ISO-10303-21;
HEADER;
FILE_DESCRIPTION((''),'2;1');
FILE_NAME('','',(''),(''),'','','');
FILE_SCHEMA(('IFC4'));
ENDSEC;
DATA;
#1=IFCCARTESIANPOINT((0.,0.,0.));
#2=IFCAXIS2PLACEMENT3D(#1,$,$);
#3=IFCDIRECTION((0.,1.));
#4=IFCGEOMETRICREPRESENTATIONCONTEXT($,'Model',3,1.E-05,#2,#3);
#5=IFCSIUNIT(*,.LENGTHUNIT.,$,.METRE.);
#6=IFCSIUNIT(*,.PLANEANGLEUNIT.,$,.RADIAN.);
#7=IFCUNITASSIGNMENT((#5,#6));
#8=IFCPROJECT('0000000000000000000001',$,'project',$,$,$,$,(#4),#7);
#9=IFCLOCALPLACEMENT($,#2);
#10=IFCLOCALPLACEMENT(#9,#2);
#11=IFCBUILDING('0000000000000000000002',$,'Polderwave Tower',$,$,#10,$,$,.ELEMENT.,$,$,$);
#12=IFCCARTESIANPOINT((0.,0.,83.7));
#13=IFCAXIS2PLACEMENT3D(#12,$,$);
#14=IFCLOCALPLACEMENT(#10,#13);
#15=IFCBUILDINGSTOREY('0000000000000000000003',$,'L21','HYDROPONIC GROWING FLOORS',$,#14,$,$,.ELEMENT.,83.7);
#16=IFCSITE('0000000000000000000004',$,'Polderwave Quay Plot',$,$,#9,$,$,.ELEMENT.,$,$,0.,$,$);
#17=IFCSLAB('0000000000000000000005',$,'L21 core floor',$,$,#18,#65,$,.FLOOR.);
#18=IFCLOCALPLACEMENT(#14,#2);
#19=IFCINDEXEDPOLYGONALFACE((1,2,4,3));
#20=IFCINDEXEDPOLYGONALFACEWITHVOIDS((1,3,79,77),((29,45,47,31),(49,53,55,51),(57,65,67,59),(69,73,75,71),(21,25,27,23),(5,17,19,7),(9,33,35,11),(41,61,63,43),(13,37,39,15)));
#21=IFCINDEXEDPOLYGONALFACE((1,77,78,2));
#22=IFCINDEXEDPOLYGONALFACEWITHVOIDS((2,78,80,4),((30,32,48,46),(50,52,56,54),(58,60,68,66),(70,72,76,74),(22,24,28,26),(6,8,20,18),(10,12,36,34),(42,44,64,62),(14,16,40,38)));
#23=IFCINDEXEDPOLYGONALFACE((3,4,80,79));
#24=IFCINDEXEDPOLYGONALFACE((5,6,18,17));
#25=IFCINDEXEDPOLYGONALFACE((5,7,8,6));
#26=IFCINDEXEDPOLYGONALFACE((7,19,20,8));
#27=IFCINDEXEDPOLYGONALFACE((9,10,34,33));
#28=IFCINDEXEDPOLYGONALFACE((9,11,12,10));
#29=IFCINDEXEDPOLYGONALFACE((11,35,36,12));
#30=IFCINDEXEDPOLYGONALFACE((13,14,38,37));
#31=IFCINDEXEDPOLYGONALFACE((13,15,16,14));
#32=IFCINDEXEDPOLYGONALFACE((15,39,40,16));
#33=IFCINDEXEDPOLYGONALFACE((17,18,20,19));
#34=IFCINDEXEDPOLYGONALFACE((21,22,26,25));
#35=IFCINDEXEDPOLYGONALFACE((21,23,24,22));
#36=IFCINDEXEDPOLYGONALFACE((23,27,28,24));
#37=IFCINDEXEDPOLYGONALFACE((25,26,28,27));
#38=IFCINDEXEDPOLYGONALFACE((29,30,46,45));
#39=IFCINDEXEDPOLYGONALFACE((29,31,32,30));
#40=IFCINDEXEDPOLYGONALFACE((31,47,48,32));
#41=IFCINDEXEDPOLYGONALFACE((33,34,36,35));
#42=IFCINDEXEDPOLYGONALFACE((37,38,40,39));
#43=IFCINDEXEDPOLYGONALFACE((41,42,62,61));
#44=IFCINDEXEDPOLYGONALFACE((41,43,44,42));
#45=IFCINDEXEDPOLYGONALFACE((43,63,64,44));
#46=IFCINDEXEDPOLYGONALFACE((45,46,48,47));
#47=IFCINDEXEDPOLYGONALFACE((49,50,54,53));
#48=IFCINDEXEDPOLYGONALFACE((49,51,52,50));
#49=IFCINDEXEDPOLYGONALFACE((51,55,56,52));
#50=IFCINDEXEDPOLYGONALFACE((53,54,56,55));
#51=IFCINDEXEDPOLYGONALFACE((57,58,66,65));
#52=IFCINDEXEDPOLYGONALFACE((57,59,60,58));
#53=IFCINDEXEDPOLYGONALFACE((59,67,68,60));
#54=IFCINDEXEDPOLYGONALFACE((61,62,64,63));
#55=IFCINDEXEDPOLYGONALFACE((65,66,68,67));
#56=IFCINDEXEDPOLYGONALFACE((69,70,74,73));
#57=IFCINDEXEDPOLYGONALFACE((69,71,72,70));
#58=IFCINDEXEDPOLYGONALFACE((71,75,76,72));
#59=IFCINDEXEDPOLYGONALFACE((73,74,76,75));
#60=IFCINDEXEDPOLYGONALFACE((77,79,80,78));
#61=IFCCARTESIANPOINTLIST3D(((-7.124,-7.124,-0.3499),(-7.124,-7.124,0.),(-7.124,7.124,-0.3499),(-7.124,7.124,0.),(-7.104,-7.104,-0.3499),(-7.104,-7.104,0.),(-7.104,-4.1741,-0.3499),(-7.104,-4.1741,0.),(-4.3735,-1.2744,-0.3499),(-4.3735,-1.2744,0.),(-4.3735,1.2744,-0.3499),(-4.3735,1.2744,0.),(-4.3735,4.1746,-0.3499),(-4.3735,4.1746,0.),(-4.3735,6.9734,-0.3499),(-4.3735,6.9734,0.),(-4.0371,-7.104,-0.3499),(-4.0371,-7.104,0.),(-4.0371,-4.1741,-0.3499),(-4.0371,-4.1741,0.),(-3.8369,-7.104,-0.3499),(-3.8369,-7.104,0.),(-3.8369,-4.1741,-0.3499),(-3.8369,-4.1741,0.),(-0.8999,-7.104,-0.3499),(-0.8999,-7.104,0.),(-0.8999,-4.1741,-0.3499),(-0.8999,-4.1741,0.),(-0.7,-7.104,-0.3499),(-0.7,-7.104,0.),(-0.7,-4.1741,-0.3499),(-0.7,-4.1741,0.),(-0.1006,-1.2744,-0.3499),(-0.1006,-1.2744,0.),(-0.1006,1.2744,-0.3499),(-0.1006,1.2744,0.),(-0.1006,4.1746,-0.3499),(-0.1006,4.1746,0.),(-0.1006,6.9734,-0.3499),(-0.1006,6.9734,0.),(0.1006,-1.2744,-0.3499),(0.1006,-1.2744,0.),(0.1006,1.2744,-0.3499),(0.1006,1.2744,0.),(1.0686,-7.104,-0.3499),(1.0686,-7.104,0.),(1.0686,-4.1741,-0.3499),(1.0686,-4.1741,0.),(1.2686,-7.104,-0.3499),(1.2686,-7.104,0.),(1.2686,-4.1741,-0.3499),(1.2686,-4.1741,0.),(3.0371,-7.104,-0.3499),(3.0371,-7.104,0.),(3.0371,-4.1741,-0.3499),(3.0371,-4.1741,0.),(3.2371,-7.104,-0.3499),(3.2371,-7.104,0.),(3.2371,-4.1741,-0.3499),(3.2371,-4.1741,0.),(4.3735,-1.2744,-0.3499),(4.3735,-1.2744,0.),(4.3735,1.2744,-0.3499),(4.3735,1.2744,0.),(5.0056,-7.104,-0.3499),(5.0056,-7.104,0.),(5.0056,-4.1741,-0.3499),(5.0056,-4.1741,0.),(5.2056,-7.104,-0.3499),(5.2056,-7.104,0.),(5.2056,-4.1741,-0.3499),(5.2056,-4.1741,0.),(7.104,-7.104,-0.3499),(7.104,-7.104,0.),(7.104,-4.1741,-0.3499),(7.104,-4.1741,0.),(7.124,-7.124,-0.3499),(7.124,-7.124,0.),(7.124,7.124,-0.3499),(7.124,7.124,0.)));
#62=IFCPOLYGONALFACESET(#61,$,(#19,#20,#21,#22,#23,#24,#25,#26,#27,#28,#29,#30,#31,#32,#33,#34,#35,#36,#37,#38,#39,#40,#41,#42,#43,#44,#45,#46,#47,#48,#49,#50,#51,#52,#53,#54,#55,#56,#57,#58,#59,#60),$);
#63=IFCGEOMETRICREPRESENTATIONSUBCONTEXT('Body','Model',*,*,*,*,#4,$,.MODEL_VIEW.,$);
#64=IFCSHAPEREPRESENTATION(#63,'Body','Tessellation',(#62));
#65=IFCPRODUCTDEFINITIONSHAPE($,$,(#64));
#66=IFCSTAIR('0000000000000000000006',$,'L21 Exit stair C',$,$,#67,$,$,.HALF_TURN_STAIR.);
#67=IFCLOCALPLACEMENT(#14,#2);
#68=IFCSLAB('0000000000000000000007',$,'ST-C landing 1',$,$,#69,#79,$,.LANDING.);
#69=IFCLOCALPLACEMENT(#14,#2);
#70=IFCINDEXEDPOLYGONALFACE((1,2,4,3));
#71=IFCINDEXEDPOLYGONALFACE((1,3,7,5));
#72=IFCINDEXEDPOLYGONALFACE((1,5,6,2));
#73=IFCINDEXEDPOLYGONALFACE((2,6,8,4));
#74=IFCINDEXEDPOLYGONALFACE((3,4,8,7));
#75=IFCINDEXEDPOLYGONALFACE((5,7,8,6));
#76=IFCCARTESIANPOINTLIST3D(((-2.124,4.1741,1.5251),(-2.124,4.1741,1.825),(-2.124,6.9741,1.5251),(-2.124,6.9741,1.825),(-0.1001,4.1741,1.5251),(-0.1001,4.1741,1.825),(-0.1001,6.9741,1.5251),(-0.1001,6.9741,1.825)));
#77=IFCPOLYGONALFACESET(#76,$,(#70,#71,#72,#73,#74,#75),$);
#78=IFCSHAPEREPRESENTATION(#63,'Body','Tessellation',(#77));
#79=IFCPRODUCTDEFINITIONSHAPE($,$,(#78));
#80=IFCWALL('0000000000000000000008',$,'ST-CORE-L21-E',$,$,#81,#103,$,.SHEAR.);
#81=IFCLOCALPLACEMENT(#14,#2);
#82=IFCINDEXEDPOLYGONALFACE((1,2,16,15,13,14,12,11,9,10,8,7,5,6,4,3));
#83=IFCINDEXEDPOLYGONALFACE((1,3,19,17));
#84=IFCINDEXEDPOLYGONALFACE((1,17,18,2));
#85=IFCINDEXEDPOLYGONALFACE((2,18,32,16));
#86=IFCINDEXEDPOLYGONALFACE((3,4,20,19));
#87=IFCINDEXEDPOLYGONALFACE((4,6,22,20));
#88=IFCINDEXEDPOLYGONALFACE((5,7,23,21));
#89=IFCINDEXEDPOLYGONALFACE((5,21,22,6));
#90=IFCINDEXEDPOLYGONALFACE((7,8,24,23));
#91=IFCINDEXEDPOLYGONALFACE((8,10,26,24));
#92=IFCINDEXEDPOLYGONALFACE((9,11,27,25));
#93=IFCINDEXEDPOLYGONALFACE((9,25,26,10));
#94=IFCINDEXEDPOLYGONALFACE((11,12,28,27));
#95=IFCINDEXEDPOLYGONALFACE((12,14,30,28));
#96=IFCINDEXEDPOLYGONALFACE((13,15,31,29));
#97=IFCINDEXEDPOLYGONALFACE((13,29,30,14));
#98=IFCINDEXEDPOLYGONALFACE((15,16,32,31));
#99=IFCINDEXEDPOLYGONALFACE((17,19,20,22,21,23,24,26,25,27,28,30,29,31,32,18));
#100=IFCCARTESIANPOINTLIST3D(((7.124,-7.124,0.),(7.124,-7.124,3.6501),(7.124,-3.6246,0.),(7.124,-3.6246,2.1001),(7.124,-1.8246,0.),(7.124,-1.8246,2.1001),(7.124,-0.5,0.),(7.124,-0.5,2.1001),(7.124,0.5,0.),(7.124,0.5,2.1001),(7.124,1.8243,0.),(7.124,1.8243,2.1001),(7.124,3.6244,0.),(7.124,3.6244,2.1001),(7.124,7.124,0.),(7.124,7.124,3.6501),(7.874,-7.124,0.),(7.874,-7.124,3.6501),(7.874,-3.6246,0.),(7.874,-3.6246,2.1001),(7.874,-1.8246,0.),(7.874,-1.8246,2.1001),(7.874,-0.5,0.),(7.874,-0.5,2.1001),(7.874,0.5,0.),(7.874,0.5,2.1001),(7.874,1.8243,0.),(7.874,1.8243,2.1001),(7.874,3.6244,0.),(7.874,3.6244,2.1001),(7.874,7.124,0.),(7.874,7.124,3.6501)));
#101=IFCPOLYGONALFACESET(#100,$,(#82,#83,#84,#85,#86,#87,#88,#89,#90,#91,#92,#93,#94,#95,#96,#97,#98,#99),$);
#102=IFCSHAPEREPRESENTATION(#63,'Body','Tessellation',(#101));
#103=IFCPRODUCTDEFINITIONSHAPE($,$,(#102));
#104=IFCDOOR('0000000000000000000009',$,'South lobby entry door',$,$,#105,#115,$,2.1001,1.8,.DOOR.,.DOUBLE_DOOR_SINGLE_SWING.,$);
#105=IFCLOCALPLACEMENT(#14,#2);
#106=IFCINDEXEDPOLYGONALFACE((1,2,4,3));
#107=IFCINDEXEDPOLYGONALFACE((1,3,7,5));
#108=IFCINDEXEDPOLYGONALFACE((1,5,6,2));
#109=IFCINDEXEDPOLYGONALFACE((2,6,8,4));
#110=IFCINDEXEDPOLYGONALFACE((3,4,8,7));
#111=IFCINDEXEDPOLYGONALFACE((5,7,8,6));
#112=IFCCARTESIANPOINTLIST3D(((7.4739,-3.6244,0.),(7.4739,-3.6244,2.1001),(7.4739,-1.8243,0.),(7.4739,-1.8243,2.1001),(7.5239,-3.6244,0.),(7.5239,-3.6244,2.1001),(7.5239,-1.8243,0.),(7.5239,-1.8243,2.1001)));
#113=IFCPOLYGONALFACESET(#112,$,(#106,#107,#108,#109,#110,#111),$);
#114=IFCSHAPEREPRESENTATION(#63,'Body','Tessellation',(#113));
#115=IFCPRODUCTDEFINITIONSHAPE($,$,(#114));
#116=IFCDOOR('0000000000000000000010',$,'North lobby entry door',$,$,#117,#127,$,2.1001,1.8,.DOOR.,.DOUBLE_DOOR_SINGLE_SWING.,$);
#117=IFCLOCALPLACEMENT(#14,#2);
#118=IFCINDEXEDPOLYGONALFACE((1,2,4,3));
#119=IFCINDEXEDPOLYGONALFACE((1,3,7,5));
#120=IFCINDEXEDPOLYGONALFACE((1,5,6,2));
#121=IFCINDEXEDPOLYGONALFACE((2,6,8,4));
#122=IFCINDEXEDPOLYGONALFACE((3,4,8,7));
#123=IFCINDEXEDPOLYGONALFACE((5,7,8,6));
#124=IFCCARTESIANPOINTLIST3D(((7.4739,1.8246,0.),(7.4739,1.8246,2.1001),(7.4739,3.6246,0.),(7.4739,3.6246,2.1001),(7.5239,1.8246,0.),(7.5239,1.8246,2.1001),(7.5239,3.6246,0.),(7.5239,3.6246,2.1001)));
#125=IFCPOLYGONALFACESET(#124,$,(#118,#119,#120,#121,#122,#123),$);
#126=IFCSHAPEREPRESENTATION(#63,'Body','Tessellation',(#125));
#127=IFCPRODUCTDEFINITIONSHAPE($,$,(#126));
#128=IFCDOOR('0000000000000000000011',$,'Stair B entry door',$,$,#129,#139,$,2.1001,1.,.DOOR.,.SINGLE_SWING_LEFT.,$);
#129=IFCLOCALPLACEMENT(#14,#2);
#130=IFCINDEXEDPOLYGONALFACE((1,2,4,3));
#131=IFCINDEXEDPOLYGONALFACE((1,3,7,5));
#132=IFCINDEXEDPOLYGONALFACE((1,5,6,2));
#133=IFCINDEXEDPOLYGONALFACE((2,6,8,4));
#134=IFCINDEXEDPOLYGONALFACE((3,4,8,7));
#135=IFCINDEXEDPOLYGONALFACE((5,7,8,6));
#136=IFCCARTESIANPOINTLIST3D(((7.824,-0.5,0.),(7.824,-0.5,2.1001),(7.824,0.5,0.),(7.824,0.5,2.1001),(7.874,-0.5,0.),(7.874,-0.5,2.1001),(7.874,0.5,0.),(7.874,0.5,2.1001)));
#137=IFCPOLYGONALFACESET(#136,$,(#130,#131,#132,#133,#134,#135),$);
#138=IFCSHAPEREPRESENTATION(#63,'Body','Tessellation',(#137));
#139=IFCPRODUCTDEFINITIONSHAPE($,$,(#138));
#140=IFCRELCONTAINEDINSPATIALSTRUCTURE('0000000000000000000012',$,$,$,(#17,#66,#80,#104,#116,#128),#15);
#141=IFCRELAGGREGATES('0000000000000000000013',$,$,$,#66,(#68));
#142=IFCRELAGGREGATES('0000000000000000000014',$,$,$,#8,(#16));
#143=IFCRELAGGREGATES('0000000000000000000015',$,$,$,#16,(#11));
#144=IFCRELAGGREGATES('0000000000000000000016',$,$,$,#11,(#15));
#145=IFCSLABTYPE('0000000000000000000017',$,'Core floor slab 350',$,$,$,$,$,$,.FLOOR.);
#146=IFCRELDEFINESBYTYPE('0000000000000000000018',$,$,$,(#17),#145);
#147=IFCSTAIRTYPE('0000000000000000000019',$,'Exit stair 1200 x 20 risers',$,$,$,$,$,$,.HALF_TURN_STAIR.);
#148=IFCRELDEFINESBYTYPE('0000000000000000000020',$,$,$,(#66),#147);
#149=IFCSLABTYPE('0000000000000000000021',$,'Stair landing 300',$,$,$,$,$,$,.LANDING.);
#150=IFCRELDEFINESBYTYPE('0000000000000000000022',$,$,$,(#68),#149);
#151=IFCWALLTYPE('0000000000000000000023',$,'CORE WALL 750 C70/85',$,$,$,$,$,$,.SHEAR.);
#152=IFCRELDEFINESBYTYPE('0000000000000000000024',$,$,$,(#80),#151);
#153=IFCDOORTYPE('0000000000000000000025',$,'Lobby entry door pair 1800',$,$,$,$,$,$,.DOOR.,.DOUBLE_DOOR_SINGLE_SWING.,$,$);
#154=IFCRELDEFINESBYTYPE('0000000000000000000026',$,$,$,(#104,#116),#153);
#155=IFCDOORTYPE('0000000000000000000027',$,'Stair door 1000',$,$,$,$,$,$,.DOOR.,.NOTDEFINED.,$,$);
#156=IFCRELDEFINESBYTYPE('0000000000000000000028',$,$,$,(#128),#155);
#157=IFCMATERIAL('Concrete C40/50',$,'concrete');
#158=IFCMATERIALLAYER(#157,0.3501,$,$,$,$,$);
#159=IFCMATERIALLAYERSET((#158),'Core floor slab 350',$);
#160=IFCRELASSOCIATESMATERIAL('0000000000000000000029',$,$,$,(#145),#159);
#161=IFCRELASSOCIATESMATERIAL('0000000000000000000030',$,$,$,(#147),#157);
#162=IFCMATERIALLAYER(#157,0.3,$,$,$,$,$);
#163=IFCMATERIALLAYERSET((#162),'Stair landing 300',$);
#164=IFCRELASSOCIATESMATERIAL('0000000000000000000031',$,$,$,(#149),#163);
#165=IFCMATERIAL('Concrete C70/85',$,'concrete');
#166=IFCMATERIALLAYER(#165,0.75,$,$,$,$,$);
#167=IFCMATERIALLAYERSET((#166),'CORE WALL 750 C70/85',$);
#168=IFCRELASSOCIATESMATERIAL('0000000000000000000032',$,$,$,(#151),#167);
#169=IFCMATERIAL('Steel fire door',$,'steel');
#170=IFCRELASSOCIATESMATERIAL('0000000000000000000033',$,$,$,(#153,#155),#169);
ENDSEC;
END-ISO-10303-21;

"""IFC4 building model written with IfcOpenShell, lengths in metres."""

from ifc_helpers import new_model, si_unit, direction, frame, frame_2d, origin, place, context, subcontext, project, spatial, polyline, rectangle, outline, extrude, material, layer, layer_set, type_object, element, fill, aggregate, save


model = new_model("IFC4")

# Units and contexts
model_context = context("Model", 3, precision=1e-05, world=origin(), true_north=direction((0.0, 1.0)))
body_context = subcontext(model_context, "Body", "Model", "MODEL_VIEW")
ifc_project = project(units=[si_unit("LENGTHUNIT", "METRE"), si_unit("PLANEANGLEUNIT", "RADIAN")], contexts=[model_context])

# Site, building, storey
site_placement = place(None, origin())
site = spatial("IfcSite", under=ifc_project, at=site_placement, Name="Polderwave Quay Plot", CompositionType="ELEMENT", RefElevation=0.0)
building_placement = place(site_placement, origin())
building = spatial("IfcBuilding", under=site, at=building_placement, Name="Polderwave Tower", CompositionType="ELEMENT")
storey_placement = place(building_placement, frame((0.0, 0.0, 83.7)))
storey = spatial("IfcBuildingStorey", under=building, at=storey_placement, Name="L21", Description="HYDROPONIC GROWING FLOORS", CompositionType="ELEMENT", Elevation=83.7)

# Slab
ifc_material_1 = material(Name="Concrete C40/50", Category="concrete")
ifc_layer_1 = layer(ifc_material_1, 0.3501)
ifc_layer_set_1 = layer_set([ifc_layer_1], Name="Core floor slab 350")
slab_type_1 = type_object("IfcSlabType", Name="Core floor slab 350", PredefinedType="FLOOR", material=ifc_layer_set_1)
slab_1_placement = place(storey_placement, frame((0.0, 0.0, -0.3499)))
element("IfcSlab", 1, at=slab_1_placement, inside=storey, type_object=slab_type_1, Name="L21 core floor", PredefinedType="FLOOR", context=body_context, shape_type="SweptSolid", body=[
    extrude(outline(polyline([(-7.124, -7.124), (7.124, -7.124), (7.124, 7.124), (-7.124, 7.124), (-7.124, -7.124)]), holes=[polyline([(-7.104, -7.104), (-4.0371, -7.104), (-4.0371, -4.1741), (-7.104, -4.1741), (-7.104, -7.104)]), polyline([(-3.8369, -7.104), (-0.8999, -7.104), (-0.8999, -4.1741), (-3.8369, -4.1741), (-3.8369, -7.104)]), polyline([(-0.7, -7.104), (1.0686, -7.104), (1.0686, -4.1741), (-0.7, -4.1741), (-0.7, -7.104)]), polyline([(1.2686, -7.104), (3.0371, -7.104), (3.0371, -4.1741), (1.2686, -4.1741), (1.2686, -7.104)]), polyline([(3.2371, -7.104), (5.0056, -7.104), (5.0056, -4.1741), (3.2371, -4.1741), (3.2371, -7.104)]), polyline([(5.2056, -7.104), (7.104, -7.104), (7.104, -4.1741), (5.2056, -4.1741), (5.2056, -7.104)]), polyline([(-4.3735, -1.2744), (-0.1006, -1.2744), (-0.1006, 1.2744), (-4.3735, 1.2744), (-4.3735, -1.2744)]), polyline([(0.1006, -1.2744), (4.3735, -1.2744), (4.3735, 1.2744), (0.1006, 1.2744), (0.1006, -1.2744)]), polyline([(-4.3735, 4.1746), (-0.1006, 4.1746), (-0.1006, 6.9734), (-4.3735, 6.9734), (-4.3735, 4.1746)])]), origin(), (0.0, 0.0, 1.0), 0.3499),
])

# Stair, slab
stair_type = type_object("IfcStairType", Name="Exit stair 1200 x 20 risers", PredefinedType="HALF_TURN_STAIR", material=ifc_material_1)
stair_1_placement = place(storey_placement, origin())
stair_1 = element("IfcStair", 2, at=stair_1_placement, inside=storey, type_object=stair_type, Name="L21 Exit stair C", PredefinedType="HALF_TURN_STAIR")
ifc_layer_2 = layer(ifc_material_1, 0.3)
ifc_layer_set_2 = layer_set([ifc_layer_2], Name="Stair landing 300")
slab_type_2 = type_object("IfcSlabType", Name="Stair landing 300", PredefinedType="LANDING", material=ifc_layer_set_2)
slab_2_placement = place(storey_placement, frame((0.0, 0.0, 1.5251)))
slab_2 = element("IfcSlab", 3, at=slab_2_placement, type_object=slab_type_2, Name="ST-C landing 1", PredefinedType="LANDING", context=body_context, shape_type="SweptSolid", body=[
    extrude(outline(polyline([(-2.124, 4.1741), (-0.1001, 4.1741), (-0.1001, 6.9741), (-2.124, 6.9741), (-2.124, 4.1741)])), origin(), (0.0, 0.0, 1.0), 0.2998),
])
aggregate(stair_1, [slab_2])

# Wall, openings, doors
ifc_material_2 = material(Name="Concrete C70/85", Category="concrete")
ifc_layer_3 = layer(ifc_material_2, 0.75)
ifc_layer_set_3 = layer_set([ifc_layer_3], Name="CORE WALL 750 C70/85")
wall_type_1 = type_object("IfcWallType", Name="CORE WALL 750 C70/85", PredefinedType="SHEAR", material=ifc_layer_set_3)
wall_1_placement = place(storey_placement, frame((7.499, -7.124, 0.0), z_axis=(0.0, 0.0, 1.0), x_axis=(0.0, 1.0, 0.0)))
wall_1 = element("IfcWall", 4, at=wall_1_placement, inside=storey, type_object=wall_type_1, Name="ST-CORE-L21-E", PredefinedType="SHEAR", context=body_context, shape_type="SweptSolid", body=[
    extrude(rectangle(XDim=14.248, YDim=0.75, at=frame_2d((7.124, 0.0))), origin(), (0.0, 0.0, 1.0), 3.6501),
])
opening_1_placement = place(wall_1_placement, frame((6.624, 0.0, 0.0)))
opening_1 = element("IfcOpeningElement", 5, at=opening_1_placement, cuts=wall_1, PredefinedType="OPENING", context=body_context, shape_type="SweptSolid", body=[
    extrude(rectangle(XDim=1.0, YDim=2.1001, at=frame_2d((0.5, 1.05))), frame((0.0, 0.385, 0.0), z_axis=(0.0, -1.0, 0.0), x_axis=(1.0, 0.0, 0.0)), (0.0, 0.0, 1.0), 0.77),
])
opening_2_placement = place(wall_1_placement, frame((3.4995, 0.0, 0.0)))
opening_2 = element("IfcOpeningElement", 6, at=opening_2_placement, cuts=wall_1, PredefinedType="OPENING", context=body_context, shape_type="SweptSolid", body=[
    extrude(rectangle(XDim=1.8, YDim=2.1001, at=frame_2d((0.8999, 1.05))), frame((0.0, 0.385, 0.0), z_axis=(0.0, -1.0, 0.0), x_axis=(1.0, 0.0, 0.0)), (0.0, 0.0, 1.0), 0.77),
])
opening_3_placement = place(wall_1_placement, frame((8.9485, 0.0, 0.0)))
opening_3 = element("IfcOpeningElement", 7, at=opening_3_placement, cuts=wall_1, PredefinedType="OPENING", context=body_context, shape_type="SweptSolid", body=[
    extrude(rectangle(XDim=1.8, YDim=2.1001, at=frame_2d((0.8999, 1.05))), frame((0.0, 0.385, 0.0), z_axis=(0.0, -1.0, 0.0), x_axis=(1.0, 0.0, 0.0)), (0.0, 0.0, 1.0), 0.77),
])
ifc_material_3 = material(Name="Steel fire door", Category="steel")
door_type_1 = type_object("IfcDoorType", Name="Lobby entry door pair 1800", OperationType="DOUBLE_DOOR_SINGLE_SWING", PredefinedType="DOOR", material=ifc_material_3)
door_1_placement = place(opening_2_placement, frame((1.8, 0.0, 0.0), z_axis=(0.0, 0.0, 1.0), x_axis=(-1.0, 0.0, 0.0)))
door_1 = element("IfcDoor", 8, at=door_1_placement, inside=storey, type_object=door_type_1, Name="South lobby entry door", OperationType="DOUBLE_DOOR_SINGLE_SWING", OverallHeight=2.1001, OverallWidth=1.8, PredefinedType="DOOR", context=body_context, shape_type="SweptSolid", body=[
    extrude(rectangle(XDim=1.8, YDim=2.1001, at=frame_2d((0.8999, 1.05))), frame((0.0, 0.0249, 0.0), z_axis=(0.0, -1.0, 0.0), x_axis=(1.0, 0.0, 0.0)), (0.0, 0.0, 1.0), 0.05),
])
fill(opening_2, door_1)
door_2_placement = place(opening_3_placement, frame((1.8, 0.0, 0.0), z_axis=(0.0, 0.0, 1.0), x_axis=(-1.0, 0.0, 0.0)))
door_2 = element("IfcDoor", 9, at=door_2_placement, inside=storey, type_object=door_type_1, Name="North lobby entry door", OperationType="DOUBLE_DOOR_SINGLE_SWING", OverallHeight=2.1001, OverallWidth=1.8, PredefinedType="DOOR", context=body_context, shape_type="SweptSolid", body=[
    extrude(rectangle(XDim=1.8, YDim=2.1001, at=frame_2d((0.8999, 1.05))), frame((0.0, 0.0249, 0.0), z_axis=(0.0, -1.0, 0.0), x_axis=(1.0, 0.0, 0.0)), (0.0, 0.0, 1.0), 0.05),
])
fill(opening_3, door_2)
door_type_2 = type_object("IfcDoorType", Name="Stair door 1000", OperationType="NOTDEFINED", PredefinedType="DOOR", material=ifc_material_3)
door_3_placement = place(opening_1_placement, frame((1.0, 0.0, 0.0), z_axis=(0.0, 0.0, 1.0), x_axis=(-1.0, 0.0, 0.0)))
door_3 = element("IfcDoor", 10, at=door_3_placement, inside=storey, type_object=door_type_2, Name="Stair B entry door", OperationType="SINGLE_SWING_LEFT", OverallHeight=2.1001, OverallWidth=1.0, PredefinedType="DOOR", context=body_context, shape_type="SweptSolid", body=[
    extrude(rectangle(XDim=1.0, YDim=2.1001, at=frame_2d((0.5, 1.05))), frame((0.0, 0.375, 0.0), z_axis=(0.0, -1.0, 0.0), x_axis=(1.0, 0.0, 0.0)), (0.0, 0.0, 1.0), 0.05),
])
fill(opening_1, door_3)

save(model, "model.ifc")
